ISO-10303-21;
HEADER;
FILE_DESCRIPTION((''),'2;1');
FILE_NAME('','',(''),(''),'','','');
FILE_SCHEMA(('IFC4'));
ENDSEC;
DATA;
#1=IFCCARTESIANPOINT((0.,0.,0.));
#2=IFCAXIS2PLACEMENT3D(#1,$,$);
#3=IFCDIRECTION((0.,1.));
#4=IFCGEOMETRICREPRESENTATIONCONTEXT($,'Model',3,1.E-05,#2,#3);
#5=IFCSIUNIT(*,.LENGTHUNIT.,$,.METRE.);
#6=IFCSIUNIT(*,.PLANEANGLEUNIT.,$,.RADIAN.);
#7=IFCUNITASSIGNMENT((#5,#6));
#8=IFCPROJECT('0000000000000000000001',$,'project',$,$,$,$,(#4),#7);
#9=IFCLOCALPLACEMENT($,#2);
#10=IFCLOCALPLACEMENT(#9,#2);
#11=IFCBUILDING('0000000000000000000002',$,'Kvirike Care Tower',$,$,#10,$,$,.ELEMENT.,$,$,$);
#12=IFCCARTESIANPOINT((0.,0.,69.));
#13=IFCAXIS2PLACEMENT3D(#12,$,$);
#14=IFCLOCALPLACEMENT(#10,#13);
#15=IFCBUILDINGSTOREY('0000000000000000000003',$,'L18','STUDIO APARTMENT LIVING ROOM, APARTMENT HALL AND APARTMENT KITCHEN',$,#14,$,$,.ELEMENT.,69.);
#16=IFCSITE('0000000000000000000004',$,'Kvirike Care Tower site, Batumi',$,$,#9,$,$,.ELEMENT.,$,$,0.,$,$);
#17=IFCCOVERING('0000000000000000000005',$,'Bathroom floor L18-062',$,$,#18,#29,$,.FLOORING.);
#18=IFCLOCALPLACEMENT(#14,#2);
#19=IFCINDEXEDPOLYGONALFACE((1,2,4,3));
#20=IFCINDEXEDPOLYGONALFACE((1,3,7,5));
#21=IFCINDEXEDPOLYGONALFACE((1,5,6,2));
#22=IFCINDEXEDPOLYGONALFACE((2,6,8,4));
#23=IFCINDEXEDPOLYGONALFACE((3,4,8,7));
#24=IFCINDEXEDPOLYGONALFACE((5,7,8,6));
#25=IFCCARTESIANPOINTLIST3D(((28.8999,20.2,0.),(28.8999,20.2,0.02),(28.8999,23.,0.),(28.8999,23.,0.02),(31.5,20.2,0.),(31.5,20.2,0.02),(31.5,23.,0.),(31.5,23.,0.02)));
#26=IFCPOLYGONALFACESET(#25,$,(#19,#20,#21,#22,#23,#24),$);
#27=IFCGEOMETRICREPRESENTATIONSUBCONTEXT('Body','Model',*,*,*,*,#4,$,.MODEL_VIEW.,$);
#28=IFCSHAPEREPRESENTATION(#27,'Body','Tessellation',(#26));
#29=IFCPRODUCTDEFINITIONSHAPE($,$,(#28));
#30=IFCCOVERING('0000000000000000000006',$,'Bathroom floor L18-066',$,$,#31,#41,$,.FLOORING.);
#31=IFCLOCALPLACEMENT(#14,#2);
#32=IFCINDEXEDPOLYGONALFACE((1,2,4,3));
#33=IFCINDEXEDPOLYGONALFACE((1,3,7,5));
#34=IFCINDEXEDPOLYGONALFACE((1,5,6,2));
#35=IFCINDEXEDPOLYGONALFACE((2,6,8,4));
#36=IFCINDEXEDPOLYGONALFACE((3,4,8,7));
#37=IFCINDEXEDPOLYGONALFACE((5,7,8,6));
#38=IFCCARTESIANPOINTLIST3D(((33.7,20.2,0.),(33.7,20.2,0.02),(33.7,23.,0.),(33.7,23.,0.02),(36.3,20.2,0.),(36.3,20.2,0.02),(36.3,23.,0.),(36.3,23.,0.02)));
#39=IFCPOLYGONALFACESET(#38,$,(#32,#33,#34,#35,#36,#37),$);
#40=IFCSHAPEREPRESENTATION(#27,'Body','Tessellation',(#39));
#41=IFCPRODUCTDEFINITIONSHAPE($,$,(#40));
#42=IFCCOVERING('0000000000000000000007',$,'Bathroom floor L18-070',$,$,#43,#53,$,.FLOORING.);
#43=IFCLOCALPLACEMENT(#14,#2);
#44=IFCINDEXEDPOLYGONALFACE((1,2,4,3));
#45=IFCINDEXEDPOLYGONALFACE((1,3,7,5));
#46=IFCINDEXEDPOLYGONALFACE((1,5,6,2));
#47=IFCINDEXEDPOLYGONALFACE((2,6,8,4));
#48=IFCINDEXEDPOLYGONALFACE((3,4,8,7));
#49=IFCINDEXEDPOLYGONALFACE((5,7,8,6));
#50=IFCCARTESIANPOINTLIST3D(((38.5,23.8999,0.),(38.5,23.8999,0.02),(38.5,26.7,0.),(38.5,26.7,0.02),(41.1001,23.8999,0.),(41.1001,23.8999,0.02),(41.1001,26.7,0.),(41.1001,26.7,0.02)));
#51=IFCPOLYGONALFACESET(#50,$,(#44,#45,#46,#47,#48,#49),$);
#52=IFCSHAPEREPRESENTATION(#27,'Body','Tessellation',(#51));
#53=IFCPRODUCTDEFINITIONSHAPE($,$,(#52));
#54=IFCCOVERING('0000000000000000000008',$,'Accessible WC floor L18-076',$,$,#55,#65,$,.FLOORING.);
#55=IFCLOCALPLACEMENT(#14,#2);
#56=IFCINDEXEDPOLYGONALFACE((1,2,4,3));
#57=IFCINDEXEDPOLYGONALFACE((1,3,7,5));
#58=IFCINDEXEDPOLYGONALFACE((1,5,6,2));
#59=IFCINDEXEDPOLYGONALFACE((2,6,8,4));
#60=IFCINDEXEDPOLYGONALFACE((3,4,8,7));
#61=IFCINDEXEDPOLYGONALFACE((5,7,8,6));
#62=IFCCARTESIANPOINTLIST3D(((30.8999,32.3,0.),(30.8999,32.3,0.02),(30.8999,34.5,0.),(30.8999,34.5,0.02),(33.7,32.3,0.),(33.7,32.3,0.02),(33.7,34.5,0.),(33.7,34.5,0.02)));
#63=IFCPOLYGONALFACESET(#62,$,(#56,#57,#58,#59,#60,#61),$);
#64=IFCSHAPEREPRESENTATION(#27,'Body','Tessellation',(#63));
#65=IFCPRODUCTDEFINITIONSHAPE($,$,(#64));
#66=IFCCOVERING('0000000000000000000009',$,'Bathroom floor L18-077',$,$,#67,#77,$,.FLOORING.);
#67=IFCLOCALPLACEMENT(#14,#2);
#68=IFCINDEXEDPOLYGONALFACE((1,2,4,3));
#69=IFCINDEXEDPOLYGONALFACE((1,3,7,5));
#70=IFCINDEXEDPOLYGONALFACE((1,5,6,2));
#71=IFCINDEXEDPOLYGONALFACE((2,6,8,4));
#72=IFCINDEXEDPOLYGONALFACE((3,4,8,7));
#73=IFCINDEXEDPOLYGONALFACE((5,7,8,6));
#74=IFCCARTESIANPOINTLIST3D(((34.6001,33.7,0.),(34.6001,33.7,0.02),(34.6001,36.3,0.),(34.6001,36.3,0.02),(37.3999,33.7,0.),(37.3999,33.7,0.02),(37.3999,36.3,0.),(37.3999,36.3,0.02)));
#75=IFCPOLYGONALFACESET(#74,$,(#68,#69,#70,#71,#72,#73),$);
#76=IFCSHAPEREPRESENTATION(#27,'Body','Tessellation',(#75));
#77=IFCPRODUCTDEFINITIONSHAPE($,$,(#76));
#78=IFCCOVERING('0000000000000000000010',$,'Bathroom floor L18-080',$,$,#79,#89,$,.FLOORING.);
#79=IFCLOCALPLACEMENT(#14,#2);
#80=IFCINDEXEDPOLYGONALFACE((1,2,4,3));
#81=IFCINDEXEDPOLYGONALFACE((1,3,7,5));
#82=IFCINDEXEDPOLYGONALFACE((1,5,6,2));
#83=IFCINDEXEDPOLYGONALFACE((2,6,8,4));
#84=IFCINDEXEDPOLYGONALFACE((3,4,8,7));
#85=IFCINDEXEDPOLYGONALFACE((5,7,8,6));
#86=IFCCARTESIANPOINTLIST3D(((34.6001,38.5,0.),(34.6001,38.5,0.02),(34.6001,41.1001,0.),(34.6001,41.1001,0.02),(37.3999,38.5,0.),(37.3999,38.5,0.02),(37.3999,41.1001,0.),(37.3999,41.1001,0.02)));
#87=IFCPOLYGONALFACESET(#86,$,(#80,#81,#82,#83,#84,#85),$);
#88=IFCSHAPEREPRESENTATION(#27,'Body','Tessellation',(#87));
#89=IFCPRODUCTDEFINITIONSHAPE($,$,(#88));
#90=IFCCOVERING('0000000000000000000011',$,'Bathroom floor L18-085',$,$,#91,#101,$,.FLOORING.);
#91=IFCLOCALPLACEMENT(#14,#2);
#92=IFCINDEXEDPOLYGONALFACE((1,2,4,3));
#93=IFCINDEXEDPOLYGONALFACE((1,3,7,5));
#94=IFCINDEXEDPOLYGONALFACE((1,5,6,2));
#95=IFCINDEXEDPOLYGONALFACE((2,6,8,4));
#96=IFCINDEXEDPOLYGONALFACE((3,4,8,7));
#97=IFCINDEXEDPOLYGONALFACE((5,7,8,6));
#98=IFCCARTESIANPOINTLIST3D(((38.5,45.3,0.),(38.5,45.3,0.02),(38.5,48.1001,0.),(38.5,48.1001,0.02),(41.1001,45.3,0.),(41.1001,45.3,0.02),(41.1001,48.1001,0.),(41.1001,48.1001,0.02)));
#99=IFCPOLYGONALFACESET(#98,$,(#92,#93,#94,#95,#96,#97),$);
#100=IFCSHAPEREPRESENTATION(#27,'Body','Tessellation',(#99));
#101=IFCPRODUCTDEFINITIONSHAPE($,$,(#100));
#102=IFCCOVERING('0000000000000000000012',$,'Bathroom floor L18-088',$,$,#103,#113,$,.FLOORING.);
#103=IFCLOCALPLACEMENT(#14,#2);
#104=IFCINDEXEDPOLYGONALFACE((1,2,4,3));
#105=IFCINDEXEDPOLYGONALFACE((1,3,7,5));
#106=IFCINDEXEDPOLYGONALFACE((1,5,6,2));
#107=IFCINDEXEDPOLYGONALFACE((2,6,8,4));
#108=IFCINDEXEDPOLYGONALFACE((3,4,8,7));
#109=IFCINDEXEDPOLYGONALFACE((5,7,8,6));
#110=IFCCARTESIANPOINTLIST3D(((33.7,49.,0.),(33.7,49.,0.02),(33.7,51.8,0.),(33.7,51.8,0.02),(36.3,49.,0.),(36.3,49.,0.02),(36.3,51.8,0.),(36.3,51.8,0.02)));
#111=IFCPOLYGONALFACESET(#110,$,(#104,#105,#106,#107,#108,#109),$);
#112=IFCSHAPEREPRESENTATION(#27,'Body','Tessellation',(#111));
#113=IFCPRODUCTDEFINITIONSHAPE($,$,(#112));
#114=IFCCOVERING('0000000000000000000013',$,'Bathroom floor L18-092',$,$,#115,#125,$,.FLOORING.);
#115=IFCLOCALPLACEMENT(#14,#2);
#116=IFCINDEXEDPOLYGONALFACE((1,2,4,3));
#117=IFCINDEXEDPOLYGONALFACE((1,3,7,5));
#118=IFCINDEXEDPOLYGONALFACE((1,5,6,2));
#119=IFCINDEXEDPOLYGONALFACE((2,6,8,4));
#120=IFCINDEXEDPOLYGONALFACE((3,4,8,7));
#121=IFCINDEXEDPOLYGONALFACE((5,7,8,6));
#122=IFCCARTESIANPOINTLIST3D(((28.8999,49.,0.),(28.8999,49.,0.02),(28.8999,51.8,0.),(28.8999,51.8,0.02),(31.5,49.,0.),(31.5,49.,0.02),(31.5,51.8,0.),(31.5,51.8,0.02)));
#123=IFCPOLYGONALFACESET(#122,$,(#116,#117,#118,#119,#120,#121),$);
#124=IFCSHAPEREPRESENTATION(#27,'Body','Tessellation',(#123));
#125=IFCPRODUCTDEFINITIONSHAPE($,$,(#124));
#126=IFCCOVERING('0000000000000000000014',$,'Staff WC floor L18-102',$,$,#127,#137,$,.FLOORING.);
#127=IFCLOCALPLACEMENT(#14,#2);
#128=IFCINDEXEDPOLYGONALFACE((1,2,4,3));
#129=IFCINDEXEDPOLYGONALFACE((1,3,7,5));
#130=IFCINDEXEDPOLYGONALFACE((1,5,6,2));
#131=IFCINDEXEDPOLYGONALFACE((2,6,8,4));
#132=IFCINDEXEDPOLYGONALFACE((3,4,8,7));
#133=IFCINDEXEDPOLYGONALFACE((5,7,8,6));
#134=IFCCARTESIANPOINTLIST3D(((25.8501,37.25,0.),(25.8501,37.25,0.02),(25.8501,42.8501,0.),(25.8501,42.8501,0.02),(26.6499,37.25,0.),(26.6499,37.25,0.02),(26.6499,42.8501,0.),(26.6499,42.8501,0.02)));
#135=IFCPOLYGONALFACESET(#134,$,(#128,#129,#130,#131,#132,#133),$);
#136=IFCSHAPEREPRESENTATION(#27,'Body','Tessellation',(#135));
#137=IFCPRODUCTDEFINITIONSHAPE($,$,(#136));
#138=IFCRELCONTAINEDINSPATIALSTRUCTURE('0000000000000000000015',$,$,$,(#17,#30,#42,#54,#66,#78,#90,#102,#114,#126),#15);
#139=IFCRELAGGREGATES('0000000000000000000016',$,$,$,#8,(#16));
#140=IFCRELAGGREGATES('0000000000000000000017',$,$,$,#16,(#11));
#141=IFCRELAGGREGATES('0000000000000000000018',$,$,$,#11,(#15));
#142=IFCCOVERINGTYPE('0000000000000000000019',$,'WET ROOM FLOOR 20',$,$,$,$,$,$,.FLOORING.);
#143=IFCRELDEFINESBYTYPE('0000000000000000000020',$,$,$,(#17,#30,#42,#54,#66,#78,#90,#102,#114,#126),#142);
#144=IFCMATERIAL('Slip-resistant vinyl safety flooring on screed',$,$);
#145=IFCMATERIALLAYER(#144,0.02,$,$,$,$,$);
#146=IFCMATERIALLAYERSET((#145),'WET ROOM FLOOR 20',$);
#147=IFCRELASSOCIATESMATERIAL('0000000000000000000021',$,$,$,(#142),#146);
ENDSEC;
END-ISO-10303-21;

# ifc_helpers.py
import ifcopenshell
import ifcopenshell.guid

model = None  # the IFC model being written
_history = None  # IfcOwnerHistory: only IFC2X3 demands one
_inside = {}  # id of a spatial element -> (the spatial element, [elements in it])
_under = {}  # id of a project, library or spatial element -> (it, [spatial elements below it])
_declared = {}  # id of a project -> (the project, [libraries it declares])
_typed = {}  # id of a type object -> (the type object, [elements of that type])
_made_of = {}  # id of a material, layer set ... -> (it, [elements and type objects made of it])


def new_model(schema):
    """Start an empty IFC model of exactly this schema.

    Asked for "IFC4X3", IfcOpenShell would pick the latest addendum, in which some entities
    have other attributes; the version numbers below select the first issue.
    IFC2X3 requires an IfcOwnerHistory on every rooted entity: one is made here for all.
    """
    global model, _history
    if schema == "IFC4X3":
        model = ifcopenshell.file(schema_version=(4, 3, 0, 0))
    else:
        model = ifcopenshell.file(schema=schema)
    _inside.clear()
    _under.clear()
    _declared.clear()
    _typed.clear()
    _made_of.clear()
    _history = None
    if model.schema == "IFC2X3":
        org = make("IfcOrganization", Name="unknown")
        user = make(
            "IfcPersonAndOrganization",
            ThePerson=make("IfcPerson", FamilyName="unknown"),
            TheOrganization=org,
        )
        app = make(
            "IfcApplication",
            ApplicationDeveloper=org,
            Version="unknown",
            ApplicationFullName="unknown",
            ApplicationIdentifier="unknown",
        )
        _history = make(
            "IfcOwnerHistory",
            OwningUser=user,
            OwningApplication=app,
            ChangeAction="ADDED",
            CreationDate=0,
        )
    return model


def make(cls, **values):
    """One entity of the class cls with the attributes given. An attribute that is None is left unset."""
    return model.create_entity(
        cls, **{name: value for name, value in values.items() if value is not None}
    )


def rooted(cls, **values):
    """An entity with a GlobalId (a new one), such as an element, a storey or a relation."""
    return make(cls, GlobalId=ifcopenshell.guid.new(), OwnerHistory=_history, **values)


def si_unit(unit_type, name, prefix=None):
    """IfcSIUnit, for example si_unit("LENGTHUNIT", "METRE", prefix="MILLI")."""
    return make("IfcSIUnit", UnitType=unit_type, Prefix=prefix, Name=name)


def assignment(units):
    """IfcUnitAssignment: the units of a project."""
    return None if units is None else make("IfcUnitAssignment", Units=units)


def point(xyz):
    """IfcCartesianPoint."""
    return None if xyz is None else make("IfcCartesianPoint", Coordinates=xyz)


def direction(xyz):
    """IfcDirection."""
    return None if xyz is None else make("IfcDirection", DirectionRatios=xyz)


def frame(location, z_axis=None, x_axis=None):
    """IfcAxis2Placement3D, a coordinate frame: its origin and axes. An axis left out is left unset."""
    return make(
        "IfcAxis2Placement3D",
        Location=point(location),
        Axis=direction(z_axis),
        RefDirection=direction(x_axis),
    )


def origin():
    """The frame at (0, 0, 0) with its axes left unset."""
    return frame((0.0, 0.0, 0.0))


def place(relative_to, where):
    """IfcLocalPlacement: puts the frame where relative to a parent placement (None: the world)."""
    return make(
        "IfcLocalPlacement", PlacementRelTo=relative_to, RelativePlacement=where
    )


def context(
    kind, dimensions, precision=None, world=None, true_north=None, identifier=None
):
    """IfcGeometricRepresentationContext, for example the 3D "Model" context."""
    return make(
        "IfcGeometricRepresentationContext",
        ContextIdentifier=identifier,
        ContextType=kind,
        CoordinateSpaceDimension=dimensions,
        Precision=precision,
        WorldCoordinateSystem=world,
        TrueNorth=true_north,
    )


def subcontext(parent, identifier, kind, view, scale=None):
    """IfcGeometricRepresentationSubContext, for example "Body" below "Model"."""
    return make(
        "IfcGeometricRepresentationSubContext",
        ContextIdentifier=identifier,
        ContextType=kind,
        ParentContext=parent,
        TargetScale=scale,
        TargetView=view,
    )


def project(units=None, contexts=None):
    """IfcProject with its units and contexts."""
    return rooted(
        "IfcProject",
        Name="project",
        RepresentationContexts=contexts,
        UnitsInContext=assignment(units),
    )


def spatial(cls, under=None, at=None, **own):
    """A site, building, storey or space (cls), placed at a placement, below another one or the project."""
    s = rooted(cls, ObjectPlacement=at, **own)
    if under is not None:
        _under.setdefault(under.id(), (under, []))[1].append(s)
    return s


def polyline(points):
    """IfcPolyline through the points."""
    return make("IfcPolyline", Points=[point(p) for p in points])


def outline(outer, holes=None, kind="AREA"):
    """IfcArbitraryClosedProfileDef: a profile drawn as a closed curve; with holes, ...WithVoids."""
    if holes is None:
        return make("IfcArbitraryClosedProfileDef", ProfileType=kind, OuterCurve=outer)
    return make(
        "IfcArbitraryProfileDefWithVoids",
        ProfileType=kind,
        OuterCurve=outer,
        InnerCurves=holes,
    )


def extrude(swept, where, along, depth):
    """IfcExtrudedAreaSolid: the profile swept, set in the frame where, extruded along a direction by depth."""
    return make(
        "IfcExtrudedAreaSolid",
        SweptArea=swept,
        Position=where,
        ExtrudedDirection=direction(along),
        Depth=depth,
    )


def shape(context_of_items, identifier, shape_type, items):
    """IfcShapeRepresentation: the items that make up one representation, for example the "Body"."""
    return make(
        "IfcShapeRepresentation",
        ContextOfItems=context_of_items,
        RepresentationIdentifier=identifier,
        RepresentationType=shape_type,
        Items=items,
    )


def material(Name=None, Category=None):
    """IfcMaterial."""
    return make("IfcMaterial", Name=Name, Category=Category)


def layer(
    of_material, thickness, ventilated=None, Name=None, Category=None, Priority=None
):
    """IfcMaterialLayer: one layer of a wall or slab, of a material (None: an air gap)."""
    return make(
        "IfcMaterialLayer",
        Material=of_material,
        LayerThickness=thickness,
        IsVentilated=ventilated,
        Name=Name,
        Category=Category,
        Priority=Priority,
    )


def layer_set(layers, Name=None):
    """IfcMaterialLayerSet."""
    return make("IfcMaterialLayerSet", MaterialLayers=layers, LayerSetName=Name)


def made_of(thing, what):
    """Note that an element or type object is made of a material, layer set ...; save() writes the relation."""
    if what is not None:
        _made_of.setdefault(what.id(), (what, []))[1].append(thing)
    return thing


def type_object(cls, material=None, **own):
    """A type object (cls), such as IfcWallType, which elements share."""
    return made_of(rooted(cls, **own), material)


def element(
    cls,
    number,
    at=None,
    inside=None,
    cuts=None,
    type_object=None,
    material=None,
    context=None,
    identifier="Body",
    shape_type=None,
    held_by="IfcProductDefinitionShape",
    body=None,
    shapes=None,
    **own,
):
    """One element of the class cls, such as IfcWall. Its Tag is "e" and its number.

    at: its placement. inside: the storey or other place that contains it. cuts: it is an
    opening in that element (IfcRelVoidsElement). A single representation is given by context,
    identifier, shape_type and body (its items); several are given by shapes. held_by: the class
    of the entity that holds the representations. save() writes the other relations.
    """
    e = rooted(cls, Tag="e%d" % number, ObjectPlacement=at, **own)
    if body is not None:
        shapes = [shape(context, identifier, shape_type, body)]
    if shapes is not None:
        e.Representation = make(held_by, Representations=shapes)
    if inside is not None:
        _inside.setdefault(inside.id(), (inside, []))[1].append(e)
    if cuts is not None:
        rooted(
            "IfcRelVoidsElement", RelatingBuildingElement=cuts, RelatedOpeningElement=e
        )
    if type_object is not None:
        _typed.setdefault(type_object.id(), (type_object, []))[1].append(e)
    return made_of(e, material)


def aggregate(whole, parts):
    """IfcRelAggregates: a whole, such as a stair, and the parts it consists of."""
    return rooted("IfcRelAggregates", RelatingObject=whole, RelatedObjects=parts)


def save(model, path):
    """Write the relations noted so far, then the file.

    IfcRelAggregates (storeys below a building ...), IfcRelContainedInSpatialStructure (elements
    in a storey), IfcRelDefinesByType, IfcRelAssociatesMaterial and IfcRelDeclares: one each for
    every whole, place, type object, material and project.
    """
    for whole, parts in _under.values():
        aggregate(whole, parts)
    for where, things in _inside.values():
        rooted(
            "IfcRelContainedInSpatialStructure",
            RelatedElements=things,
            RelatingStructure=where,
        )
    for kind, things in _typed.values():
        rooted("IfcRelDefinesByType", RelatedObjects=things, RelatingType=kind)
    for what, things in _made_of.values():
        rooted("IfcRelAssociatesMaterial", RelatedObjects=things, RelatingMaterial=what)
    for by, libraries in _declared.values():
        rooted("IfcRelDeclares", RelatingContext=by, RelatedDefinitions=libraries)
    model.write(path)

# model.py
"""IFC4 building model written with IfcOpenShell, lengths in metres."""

from ifc_helpers import new_model, si_unit, direction, frame, origin, place, context, subcontext, project, spatial, polyline, outline, extrude, material, layer, layer_set, type_object, element, save


model = new_model("IFC4")

# Units and contexts
model_context = context("Model", 3, precision=1e-05, world=origin(), true_north=direction((0.0, 1.0)))
body_context = subcontext(model_context, "Body", "Model", "MODEL_VIEW")
ifc_project = project(units=[si_unit("LENGTHUNIT", "METRE"), si_unit("PLANEANGLEUNIT", "RADIAN")], contexts=[model_context])

# Site, building, storey
site_placement = place(None, origin())
site = spatial("IfcSite", under=ifc_project, at=site_placement, Name="Kvirike Care Tower site, Batumi", CompositionType="ELEMENT", RefElevation=0.0)
building_placement = place(site_placement, origin())
building = spatial("IfcBuilding", under=site, at=building_placement, Name="Kvirike Care Tower", CompositionType="ELEMENT")
storey_placement = place(building_placement, frame((0.0, 0.0, 69.0)))
storey = spatial("IfcBuildingStorey", under=building, at=storey_placement, Name="L18", Description="STUDIO APARTMENT LIVING ROOM, APARTMENT HALL AND APARTMENT KITCHEN", CompositionType="ELEMENT", Elevation=69.0)

# Coverings
ifc_material_1 = material(Name="Slip-resistant vinyl safety flooring on screed")
ifc_layer_1 = layer(ifc_material_1, 0.02)
ifc_layer_set_1 = layer_set([ifc_layer_1], Name="WET ROOM FLOOR 20")
covering_type = type_object("IfcCoveringType", Name="WET ROOM FLOOR 20", PredefinedType="FLOORING", material=ifc_layer_set_1)
covering_1_placement = place(storey_placement, origin())
element("IfcCovering", 1, at=covering_1_placement, inside=storey, type_object=covering_type, Name="Bathroom floor L18-062", PredefinedType="FLOORING", context=body_context, shape_type="SweptSolid", body=[
    extrude(outline(polyline([(28.8999, 20.2), (28.8999, 23.0), (31.5, 23.0), (31.5, 20.2), (28.8999, 20.2)])), origin(), (0.0, 0.0, 1.0), 0.02),
])
covering_2_placement = place(storey_placement, origin())
element("IfcCovering", 2, at=covering_2_placement, inside=storey, type_object=covering_type, Name="Bathroom floor L18-066", PredefinedType="FLOORING", context=body_context, shape_type="SweptSolid", body=[
    extrude(outline(polyline([(33.7, 20.2), (33.7, 23.0), (36.3, 23.0), (36.3, 20.2), (33.7, 20.2)])), origin(), (0.0, 0.0, 1.0), 0.02),
])
covering_3_placement = place(storey_placement, origin())
element("IfcCovering", 3, at=covering_3_placement, inside=storey, type_object=covering_type, Name="Bathroom floor L18-070", PredefinedType="FLOORING", context=body_context, shape_type="SweptSolid", body=[
    extrude(outline(polyline([(38.5, 23.8999), (38.5, 26.7), (41.1001, 26.7), (41.1001, 23.8999), (38.5, 23.8999)])), origin(), (0.0, 0.0, 1.0), 0.02),
])
covering_4_placement = place(storey_placement, origin())
element("IfcCovering", 4, at=covering_4_placement, inside=storey, type_object=covering_type, Name="Accessible WC floor L18-076", PredefinedType="FLOORING", context=body_context, shape_type="SweptSolid", body=[
    extrude(outline(polyline([(33.7, 32.3), (30.8999, 32.3), (30.8999, 34.5), (33.7, 34.5), (33.7, 32.3)])), origin(), (0.0, 0.0, 1.0), 0.02),
])
covering_5_placement = place(storey_placement, origin())
element("IfcCovering", 5, at=covering_5_placement, inside=storey, type_object=covering_type, Name="Bathroom floor L18-077", PredefinedType="FLOORING", context=body_context, shape_type="SweptSolid", body=[
    extrude(outline(polyline([(37.3999, 33.7), (34.6001, 33.7), (34.6001, 36.3), (37.3999, 36.3), (37.3999, 33.7)])), origin(), (0.0, 0.0, 1.0), 0.02),
])
covering_6_placement = place(storey_placement, origin())
element("IfcCovering", 6, at=covering_6_placement, inside=storey, type_object=covering_type, Name="Bathroom floor L18-080", PredefinedType="FLOORING", context=body_context, shape_type="SweptSolid", body=[
    extrude(outline(polyline([(37.3999, 38.5), (34.6001, 38.5), (34.6001, 41.1001), (37.3999, 41.1001), (37.3999, 38.5)])), origin(), (0.0, 0.0, 1.0), 0.02),
])
covering_7_placement = place(storey_placement, origin())
element("IfcCovering", 7, at=covering_7_placement, inside=storey, type_object=covering_type, Name="Bathroom floor L18-085", PredefinedType="FLOORING", context=body_context, shape_type="SweptSolid", body=[
    extrude(outline(polyline([(41.1001, 48.1001), (41.1001, 45.3), (38.5, 45.3), (38.5, 48.1001), (41.1001, 48.1001)])), origin(), (0.0, 0.0, 1.0), 0.02),
])
covering_8_placement = place(storey_placement, origin())
element("IfcCovering", 8, at=covering_8_placement, inside=storey, type_object=covering_type, Name="Bathroom floor L18-088", PredefinedType="FLOORING", context=body_context, shape_type="SweptSolid", body=[
    extrude(outline(polyline([(36.3, 51.8), (36.3, 49.0), (33.7, 49.0), (33.7, 51.8), (36.3, 51.8)])), origin(), (0.0, 0.0, 1.0), 0.02),
])
covering_9_placement = place(storey_placement, origin())
element("IfcCovering", 9, at=covering_9_placement, inside=storey, type_object=covering_type, Name="Bathroom floor L18-092", PredefinedType="FLOORING", context=body_context, shape_type="SweptSolid", body=[
    extrude(outline(polyline([(31.5, 51.8), (31.5, 49.0), (28.8999, 49.0), (28.8999, 51.8), (31.5, 51.8)])), origin(), (0.0, 0.0, 1.0), 0.02),
])
covering_10_placement = place(storey_placement, origin())
element("IfcCovering", 10, at=covering_10_placement, inside=storey, type_object=covering_type, Name="Staff WC floor L18-102", PredefinedType="FLOORING", context=body_context, shape_type="SweptSolid", body=[
    extrude(outline(polyline([(26.6499, 37.25), (25.8501, 37.25), (25.8501, 42.8501), (26.6499, 42.8501), (26.6499, 37.25)])), origin(), (0.0, 0.0, 1.0), 0.02),
])

save(model, "model.ifc")
